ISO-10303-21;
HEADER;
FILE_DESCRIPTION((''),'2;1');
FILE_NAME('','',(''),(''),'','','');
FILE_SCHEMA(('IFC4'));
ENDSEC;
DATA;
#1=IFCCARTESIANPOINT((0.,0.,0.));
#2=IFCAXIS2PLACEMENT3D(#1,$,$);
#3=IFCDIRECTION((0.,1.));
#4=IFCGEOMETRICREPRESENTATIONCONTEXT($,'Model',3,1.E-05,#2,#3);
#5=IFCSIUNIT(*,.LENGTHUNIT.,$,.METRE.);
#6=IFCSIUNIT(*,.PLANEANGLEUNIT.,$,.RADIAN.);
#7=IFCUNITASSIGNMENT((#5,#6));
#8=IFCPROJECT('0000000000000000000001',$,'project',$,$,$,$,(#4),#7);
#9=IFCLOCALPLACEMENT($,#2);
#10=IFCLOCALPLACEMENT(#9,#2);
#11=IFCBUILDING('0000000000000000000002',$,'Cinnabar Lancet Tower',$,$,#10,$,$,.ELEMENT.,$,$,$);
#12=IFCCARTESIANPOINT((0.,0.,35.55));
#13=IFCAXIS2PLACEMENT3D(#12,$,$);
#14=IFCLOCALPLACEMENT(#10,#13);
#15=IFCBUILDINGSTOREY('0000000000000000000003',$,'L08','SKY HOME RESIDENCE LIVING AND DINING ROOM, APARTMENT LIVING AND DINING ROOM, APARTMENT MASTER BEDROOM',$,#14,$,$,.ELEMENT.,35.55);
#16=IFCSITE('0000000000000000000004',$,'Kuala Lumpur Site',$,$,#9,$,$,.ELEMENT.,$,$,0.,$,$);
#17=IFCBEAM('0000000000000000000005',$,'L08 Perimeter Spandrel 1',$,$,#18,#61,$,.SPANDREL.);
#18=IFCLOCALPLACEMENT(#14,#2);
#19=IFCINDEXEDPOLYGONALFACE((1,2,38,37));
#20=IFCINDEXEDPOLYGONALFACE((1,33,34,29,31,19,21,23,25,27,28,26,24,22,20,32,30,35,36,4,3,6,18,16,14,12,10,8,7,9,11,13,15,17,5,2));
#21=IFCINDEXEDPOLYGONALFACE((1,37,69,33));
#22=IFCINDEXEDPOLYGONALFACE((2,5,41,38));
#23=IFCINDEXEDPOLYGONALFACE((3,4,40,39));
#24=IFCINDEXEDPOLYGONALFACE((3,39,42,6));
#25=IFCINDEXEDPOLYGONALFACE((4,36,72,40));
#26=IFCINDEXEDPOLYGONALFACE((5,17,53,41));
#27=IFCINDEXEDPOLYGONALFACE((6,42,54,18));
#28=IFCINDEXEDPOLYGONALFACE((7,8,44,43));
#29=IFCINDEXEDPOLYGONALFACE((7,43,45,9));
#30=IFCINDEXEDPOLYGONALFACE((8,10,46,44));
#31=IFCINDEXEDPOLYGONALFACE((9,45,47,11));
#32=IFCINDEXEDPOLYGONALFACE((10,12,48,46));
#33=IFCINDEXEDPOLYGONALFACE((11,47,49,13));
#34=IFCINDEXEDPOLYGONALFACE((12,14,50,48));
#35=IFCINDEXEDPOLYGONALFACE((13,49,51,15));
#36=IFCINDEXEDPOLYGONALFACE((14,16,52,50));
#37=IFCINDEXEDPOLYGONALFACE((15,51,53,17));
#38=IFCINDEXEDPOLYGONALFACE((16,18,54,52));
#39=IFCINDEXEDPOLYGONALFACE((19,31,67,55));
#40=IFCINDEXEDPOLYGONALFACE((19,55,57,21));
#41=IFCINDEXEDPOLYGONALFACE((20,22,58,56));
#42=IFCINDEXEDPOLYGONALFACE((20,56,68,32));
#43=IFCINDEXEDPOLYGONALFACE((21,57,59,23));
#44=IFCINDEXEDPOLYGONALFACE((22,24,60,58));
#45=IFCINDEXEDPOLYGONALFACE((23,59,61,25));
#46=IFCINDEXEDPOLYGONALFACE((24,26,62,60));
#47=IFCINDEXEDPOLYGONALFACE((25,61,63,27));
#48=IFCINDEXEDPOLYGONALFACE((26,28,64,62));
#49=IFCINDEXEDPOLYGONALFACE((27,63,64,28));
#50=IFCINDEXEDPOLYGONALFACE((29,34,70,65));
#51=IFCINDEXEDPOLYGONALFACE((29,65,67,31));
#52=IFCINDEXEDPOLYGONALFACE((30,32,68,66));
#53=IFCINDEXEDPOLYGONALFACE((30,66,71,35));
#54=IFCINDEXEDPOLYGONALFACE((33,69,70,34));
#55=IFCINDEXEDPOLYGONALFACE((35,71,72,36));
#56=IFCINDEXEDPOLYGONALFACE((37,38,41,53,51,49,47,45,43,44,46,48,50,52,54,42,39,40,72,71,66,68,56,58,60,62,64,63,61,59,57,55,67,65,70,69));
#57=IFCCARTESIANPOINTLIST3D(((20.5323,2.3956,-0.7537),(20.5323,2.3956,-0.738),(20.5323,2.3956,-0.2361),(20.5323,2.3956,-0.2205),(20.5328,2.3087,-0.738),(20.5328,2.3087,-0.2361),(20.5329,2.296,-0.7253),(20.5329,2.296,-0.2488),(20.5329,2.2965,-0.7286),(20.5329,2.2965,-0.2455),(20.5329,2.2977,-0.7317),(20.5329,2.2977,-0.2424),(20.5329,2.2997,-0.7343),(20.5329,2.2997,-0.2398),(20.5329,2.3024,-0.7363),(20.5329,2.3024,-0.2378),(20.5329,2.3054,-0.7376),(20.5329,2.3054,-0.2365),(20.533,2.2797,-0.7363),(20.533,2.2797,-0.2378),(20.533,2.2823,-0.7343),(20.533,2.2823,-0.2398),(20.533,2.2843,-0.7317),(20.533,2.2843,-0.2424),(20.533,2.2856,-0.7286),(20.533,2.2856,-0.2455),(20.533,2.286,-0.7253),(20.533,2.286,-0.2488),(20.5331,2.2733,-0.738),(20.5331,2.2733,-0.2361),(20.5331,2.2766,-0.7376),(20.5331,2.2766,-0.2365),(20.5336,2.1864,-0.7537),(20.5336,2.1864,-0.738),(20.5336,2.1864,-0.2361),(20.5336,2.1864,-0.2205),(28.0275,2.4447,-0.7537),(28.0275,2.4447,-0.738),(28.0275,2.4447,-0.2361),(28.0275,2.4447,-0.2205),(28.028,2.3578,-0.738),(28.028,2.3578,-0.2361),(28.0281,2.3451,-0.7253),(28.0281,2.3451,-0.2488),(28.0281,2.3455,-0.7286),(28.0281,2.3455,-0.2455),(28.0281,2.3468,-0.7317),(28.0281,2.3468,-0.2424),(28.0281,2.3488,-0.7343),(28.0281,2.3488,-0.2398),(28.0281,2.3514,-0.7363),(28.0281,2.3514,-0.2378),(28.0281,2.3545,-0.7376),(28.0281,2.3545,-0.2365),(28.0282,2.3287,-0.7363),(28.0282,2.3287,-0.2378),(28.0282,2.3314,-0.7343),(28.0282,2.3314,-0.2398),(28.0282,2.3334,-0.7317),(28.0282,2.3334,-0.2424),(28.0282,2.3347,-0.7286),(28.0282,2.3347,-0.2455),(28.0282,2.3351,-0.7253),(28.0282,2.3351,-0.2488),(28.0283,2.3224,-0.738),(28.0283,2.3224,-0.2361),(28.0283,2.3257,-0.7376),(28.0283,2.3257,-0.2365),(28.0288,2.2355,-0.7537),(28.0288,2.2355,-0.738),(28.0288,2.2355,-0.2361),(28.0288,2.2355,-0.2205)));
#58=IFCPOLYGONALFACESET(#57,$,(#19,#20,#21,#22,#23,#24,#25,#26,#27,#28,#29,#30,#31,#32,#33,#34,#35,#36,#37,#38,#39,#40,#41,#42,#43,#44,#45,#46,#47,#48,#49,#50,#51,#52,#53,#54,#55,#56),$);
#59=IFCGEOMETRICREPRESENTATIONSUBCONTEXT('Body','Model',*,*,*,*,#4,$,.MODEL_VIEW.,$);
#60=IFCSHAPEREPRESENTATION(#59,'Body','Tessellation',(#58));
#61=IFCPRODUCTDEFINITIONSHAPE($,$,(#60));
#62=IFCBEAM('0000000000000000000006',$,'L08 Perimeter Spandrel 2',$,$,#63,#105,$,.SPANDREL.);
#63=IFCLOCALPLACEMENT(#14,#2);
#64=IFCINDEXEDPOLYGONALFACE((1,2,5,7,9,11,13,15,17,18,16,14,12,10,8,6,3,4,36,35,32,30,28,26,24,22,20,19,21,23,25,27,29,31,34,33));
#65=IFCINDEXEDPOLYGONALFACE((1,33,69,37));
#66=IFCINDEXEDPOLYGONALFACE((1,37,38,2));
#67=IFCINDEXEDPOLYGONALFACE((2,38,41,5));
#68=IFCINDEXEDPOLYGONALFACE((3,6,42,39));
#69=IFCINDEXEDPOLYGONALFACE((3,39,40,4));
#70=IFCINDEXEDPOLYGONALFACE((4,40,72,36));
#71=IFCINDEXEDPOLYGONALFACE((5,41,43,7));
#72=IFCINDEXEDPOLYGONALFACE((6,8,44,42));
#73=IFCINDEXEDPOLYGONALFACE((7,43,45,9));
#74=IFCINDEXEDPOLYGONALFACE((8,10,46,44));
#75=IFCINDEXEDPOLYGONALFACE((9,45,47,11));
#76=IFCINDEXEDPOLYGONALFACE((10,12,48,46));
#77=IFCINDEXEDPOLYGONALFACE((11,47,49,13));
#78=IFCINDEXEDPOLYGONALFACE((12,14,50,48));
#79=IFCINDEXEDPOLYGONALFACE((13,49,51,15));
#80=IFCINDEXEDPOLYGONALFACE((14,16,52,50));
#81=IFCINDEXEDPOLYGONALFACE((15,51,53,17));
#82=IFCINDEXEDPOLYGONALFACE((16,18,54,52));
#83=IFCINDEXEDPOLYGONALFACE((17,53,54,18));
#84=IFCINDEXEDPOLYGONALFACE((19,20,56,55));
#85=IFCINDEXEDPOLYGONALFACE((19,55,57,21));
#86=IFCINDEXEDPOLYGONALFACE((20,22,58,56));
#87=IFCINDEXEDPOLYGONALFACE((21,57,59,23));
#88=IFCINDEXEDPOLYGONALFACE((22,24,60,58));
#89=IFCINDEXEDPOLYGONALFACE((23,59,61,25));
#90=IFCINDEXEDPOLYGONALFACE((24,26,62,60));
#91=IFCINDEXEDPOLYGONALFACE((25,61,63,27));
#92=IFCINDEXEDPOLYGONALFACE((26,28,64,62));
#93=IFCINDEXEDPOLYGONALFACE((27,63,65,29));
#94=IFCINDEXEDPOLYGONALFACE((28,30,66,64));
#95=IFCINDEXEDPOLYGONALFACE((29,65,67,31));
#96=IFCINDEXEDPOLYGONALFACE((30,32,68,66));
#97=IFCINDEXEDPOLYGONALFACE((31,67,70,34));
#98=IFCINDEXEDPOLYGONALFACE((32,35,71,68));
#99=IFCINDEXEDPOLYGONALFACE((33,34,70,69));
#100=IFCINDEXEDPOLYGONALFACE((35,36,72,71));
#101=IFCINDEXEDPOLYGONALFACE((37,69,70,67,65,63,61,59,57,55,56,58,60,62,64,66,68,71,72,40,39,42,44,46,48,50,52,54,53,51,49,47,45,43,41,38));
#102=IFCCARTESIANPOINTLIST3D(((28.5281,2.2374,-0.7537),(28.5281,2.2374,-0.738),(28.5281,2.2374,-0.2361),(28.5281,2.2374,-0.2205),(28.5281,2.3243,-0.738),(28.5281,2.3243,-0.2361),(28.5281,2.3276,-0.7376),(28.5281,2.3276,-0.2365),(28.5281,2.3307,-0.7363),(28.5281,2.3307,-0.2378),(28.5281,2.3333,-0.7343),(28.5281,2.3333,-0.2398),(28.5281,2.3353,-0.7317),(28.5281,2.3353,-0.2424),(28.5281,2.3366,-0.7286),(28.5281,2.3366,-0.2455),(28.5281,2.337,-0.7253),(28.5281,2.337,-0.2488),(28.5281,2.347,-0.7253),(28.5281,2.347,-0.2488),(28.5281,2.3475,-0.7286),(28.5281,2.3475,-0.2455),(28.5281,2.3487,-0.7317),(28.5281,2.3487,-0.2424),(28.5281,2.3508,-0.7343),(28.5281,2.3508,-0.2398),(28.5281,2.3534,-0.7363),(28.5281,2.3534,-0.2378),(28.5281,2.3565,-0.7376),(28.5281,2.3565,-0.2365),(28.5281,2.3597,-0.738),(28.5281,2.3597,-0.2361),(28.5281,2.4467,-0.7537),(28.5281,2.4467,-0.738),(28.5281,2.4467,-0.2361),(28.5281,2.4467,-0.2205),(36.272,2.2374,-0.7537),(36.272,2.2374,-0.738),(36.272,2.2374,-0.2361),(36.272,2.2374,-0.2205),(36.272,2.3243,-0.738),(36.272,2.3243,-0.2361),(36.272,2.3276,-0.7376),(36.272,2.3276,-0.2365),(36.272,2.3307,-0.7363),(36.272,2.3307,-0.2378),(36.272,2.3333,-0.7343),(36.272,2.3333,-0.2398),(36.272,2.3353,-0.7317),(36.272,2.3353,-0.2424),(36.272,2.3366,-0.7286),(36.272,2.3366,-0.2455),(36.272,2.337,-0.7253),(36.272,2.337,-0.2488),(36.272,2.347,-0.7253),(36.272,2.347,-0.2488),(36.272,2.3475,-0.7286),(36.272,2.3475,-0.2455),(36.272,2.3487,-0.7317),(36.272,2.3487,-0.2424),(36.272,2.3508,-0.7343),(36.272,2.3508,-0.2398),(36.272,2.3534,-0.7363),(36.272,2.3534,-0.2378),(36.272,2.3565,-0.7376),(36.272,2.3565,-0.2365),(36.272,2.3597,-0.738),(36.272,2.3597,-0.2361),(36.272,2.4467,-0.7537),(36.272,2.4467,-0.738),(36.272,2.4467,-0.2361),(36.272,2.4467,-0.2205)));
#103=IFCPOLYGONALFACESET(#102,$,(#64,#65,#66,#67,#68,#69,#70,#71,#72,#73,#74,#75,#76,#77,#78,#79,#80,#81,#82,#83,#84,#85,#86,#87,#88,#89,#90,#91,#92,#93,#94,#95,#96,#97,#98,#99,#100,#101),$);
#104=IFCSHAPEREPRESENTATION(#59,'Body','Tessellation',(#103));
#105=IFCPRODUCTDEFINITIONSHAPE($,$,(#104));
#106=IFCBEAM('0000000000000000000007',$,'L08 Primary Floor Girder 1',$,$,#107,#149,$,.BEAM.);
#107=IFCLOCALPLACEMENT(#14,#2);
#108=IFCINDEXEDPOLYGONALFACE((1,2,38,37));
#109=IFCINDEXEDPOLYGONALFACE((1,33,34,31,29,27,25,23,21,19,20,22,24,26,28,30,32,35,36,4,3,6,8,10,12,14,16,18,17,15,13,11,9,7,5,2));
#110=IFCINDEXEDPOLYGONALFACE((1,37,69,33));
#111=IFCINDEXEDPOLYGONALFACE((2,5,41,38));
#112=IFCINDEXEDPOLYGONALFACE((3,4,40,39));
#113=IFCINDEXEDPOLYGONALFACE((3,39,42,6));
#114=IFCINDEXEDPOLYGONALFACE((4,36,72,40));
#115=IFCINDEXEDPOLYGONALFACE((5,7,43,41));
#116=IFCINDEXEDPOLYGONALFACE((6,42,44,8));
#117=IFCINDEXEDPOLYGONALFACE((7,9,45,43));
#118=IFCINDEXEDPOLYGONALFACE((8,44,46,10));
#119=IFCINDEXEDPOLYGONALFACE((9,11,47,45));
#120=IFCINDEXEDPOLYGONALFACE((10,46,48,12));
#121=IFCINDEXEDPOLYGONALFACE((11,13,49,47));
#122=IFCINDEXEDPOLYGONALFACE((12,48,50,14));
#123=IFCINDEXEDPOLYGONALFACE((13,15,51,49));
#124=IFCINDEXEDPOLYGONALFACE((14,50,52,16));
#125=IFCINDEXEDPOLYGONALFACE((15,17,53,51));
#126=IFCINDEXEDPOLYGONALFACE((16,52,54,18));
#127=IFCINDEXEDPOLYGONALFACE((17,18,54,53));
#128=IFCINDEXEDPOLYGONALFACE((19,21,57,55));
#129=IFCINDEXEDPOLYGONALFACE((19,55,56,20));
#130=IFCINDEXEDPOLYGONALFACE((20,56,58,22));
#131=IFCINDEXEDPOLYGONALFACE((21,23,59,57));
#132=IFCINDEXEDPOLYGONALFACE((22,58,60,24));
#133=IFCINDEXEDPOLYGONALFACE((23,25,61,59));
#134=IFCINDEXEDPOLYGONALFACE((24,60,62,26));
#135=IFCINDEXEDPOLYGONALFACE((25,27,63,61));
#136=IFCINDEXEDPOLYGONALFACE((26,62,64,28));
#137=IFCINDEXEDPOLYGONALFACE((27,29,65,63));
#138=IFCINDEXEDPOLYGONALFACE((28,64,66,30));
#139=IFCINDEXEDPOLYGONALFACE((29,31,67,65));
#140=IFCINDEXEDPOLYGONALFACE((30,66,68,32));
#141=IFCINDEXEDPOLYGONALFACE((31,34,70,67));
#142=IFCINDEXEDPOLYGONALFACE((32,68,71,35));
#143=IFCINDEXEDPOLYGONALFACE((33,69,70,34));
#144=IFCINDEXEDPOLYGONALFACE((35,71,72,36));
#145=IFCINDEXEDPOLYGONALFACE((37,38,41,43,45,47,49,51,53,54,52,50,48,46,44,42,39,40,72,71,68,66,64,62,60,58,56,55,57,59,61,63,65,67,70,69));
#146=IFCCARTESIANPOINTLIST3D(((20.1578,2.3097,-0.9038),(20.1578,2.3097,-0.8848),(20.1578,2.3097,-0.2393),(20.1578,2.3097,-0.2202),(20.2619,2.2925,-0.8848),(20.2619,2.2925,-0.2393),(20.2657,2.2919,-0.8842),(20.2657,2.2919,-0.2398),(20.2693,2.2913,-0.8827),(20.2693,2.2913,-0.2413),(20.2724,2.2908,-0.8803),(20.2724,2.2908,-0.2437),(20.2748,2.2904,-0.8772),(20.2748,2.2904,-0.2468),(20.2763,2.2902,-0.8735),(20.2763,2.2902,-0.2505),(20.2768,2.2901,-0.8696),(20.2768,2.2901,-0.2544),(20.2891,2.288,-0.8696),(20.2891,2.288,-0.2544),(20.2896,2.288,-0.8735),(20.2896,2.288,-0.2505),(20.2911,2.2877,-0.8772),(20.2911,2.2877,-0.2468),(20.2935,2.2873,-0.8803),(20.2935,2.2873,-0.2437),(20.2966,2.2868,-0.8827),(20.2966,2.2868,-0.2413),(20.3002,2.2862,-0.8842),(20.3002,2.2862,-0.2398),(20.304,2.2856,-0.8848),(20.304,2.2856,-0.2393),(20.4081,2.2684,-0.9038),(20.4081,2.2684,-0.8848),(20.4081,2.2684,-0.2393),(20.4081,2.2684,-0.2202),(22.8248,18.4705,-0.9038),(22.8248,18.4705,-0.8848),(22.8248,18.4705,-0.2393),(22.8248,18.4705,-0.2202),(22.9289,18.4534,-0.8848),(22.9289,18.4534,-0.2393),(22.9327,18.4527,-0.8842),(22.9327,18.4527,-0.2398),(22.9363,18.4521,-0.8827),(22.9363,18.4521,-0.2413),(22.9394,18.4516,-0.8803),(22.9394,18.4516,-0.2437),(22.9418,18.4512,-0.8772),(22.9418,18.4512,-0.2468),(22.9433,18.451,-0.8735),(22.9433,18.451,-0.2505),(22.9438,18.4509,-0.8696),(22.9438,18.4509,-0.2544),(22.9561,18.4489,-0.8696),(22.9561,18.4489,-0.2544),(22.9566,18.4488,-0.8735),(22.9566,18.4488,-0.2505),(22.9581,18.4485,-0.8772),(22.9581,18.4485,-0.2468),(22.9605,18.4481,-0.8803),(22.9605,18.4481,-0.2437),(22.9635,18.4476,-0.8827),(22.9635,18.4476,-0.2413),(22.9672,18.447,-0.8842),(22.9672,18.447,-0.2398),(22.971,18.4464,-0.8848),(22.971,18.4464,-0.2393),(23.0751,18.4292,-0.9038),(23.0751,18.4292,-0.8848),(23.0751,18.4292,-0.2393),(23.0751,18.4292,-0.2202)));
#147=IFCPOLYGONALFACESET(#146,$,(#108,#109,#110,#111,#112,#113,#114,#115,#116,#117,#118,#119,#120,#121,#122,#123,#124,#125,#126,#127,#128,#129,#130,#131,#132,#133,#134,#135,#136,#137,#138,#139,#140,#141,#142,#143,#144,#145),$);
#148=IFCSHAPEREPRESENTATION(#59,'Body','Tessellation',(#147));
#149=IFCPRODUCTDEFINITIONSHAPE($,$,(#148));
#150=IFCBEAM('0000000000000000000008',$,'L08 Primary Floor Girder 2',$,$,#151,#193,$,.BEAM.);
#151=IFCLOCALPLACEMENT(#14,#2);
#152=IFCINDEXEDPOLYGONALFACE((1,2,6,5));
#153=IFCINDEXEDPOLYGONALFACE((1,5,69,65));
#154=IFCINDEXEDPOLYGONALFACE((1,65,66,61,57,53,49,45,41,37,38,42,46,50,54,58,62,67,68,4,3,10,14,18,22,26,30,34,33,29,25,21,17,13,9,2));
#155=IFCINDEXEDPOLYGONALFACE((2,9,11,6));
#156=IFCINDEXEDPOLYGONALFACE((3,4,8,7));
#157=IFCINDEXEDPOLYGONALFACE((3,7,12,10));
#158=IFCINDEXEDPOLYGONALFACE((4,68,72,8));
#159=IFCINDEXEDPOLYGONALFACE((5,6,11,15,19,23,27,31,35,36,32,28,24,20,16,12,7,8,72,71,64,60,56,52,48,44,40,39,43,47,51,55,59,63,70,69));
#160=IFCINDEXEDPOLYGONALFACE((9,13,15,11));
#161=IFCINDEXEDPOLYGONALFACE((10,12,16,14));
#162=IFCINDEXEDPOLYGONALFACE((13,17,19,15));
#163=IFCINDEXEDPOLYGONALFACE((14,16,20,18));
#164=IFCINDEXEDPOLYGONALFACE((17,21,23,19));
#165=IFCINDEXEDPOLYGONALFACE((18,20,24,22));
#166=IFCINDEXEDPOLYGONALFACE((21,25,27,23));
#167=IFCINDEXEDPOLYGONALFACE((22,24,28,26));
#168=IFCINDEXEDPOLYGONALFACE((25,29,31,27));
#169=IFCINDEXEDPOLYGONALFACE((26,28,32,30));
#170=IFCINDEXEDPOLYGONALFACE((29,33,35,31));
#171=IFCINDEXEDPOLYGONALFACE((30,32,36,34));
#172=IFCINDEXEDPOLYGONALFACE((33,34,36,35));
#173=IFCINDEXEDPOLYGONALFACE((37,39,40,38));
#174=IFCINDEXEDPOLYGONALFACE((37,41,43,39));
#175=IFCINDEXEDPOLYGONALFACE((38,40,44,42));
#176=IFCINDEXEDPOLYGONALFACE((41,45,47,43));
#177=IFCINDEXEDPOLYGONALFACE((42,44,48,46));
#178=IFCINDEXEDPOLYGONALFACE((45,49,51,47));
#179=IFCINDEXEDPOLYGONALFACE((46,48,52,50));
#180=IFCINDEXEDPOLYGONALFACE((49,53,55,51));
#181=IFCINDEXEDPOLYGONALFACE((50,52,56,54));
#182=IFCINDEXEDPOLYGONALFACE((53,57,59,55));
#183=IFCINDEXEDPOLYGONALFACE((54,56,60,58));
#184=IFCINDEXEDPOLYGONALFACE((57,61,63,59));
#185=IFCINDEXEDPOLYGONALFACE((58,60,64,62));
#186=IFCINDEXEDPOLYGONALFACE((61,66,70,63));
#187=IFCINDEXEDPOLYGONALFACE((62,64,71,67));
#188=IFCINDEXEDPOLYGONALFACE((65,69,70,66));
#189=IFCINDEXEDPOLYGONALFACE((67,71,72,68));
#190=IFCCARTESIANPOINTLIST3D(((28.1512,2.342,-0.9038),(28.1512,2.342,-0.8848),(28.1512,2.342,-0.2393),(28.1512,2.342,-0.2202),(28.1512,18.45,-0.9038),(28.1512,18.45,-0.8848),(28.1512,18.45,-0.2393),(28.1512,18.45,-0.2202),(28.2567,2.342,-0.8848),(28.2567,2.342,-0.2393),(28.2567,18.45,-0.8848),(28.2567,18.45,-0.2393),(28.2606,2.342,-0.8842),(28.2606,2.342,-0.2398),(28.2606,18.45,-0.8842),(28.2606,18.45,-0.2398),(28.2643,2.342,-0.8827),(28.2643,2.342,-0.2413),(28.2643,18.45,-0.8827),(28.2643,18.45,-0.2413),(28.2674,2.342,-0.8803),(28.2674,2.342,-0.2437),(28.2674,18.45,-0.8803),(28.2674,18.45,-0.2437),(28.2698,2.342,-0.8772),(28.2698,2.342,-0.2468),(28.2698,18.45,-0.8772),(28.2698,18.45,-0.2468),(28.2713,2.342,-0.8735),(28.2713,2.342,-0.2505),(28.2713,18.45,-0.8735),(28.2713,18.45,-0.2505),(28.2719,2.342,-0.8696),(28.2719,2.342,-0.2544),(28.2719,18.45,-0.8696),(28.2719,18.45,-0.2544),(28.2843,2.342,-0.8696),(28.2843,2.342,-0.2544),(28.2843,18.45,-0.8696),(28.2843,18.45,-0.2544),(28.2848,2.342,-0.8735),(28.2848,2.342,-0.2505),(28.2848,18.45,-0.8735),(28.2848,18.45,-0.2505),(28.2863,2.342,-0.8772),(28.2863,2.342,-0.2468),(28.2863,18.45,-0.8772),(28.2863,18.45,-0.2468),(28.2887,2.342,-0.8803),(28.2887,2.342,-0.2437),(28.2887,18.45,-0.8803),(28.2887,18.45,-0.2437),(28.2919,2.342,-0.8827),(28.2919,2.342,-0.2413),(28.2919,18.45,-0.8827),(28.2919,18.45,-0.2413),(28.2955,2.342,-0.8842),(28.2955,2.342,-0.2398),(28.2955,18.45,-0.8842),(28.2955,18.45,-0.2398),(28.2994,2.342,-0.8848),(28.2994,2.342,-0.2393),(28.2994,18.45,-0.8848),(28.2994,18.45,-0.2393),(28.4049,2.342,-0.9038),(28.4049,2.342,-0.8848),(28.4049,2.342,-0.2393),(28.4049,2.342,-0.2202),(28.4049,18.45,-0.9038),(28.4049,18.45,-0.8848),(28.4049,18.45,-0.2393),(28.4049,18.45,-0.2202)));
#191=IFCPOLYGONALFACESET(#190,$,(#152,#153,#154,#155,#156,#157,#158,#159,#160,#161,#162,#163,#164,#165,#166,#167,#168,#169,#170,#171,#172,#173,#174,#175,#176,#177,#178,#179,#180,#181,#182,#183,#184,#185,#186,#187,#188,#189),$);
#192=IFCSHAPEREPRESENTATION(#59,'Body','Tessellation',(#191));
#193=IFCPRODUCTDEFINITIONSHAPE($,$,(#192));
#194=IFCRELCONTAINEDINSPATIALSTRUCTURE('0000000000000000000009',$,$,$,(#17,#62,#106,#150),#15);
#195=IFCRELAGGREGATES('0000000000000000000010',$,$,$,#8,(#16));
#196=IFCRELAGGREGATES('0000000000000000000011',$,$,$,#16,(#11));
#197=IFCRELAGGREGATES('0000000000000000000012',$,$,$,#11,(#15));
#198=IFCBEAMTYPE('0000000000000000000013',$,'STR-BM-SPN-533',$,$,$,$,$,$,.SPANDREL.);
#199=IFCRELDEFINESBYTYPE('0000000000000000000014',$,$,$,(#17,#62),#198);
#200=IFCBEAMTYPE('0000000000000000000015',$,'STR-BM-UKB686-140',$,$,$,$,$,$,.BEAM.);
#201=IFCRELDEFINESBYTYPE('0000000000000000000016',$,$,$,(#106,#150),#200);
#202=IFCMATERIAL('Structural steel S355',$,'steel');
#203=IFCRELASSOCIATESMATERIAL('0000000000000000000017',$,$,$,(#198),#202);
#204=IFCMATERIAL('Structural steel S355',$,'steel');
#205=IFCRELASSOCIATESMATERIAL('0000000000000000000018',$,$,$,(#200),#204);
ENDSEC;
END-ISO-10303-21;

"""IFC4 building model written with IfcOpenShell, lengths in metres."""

from ifc_helpers import new_model, si_unit, direction, frame, origin, origin_2d, place, context, subcontext, project, spatial, i_section, extrude, material, material_profile, profile_set, type_object, element, save


model = new_model("IFC4")

# Units and contexts
model_context = context("Model", 3, precision=1e-05, world=origin(), true_north=direction((0.0, 1.0)))
body_context = subcontext(model_context, "Body", "Model", "MODEL_VIEW")
ifc_project = project(units=[si_unit("LENGTHUNIT", "METRE"), si_unit("PLANEANGLEUNIT", "RADIAN")], contexts=[model_context])

# Site, building, storey
site_placement = place(None, origin())
site = spatial("IfcSite", under=ifc_project, at=site_placement, Name="Kuala Lumpur Site", CompositionType="ELEMENT", RefElevation=0.0)
building_placement = place(site_placement, origin())
building = spatial("IfcBuilding", under=site, at=building_placement, Name="Cinnabar Lancet Tower", CompositionType="ELEMENT")
storey_placement = place(building_placement, frame((0.0, 0.0, 35.55)))
storey = spatial("IfcBuildingStorey", under=building, at=storey_placement, Name="L08", Description="SKY HOME RESIDENCE LIVING AND DINING ROOM, APARTMENT LIVING AND DINING ROOM, APARTMENT MASTER BEDROOM", CompositionType="ELEMENT", Elevation=35.55)

# Beams
ifc_material_1 = material(Name="Structural steel S355", Category="steel")
ifc_material_profile_1 = material_profile(ifc_material_1, i_section(OverallWidth=0.2092, OverallDepth=0.5332, WebThickness=0.01, FlangeThickness=0.0156, FilletRadius=0.0127, at=origin_2d()), Name="UKB 533x210x92")
ifc_profile_set_1 = profile_set([ifc_material_profile_1], Name="Structural steel S355")
beam_type_1 = type_object("IfcBeamType", Name="STR-BM-SPN-533", PredefinedType="SPANDREL", material=ifc_profile_set_1)
beam_1_placement = place(storey_placement, frame((20.533, 2.291, -0.4871), z_axis=(0.999979, 0.006547, 0.0), x_axis=(-0.006547, 0.999979, 0.0)))
element("IfcBeam", 1, at=beam_1_placement, inside=storey, type_object=beam_type_1, Name="L08 Perimeter Spandrel 1", PredefinedType="SPANDREL", context=body_context, shape_type="SweptSolid", body=[
    extrude(i_section(OverallWidth=0.2092, OverallDepth=0.5332, WebThickness=0.01, FlangeThickness=0.0156, FilletRadius=0.0127, at=origin_2d()), origin(), (0.0, 0.0, 1.0), 7.4954),
])
beam_2_placement = place(storey_placement, frame((28.5281, 2.342, -0.4871), z_axis=(1.0, 0.0, 0.0), x_axis=(0.0, 1.0, 0.0)))
element("IfcBeam", 2, at=beam_2_placement, inside=storey, type_object=beam_type_1, Name="L08 Perimeter Spandrel 2", PredefinedType="SPANDREL", context=body_context, shape_type="SweptSolid", body=[
    extrude(i_section(OverallWidth=0.2092, OverallDepth=0.5332, WebThickness=0.01, FlangeThickness=0.0156, FilletRadius=0.0127, at=origin_2d()), origin(), (0.0, 0.0, 1.0), 7.7439),
])
ifc_material_2 = material(Name="Structural steel S355", Category="steel")
ifc_material_profile_2 = material_profile(ifc_material_2, i_section(OverallWidth=0.2537, OverallDepth=0.6836, WebThickness=0.0125, FlangeThickness=0.019, FilletRadius=0.0151, at=origin_2d()), Name="UKB 686x254x140")
ifc_profile_set_2 = profile_set([ifc_material_profile_2], Name="Structural steel S355")
beam_type_2 = type_object("IfcBeamType", Name="STR-BM-UKB686-140", PredefinedType="BEAM", material=ifc_profile_set_2)
beam_3_placement = place(storey_placement, frame((20.283, 2.2891, -0.562), z_axis=(0.162825, 0.986655, 0.0), x_axis=(-0.986655, 0.162825, 0.0)))
element("IfcBeam", 3, at=beam_3_placement, inside=storey, type_object=beam_type_2, Name="L08 Primary Floor Girder 1", PredefinedType="BEAM", context=body_context, shape_type="SweptSolid", body=[
    extrude(i_section(OverallWidth=0.2537, OverallDepth=0.6836, WebThickness=0.0125, FlangeThickness=0.019, FilletRadius=0.0151, at=origin_2d()), origin(), (0.0, 0.0, 1.0), 16.3794),
])
beam_4_placement = place(storey_placement, frame((28.2781, 2.342, -0.562), z_axis=(0.0, 1.0, 0.0), x_axis=(-1.0, 0.0, 0.0)))
element("IfcBeam", 4, at=beam_4_placement, inside=storey, type_object=beam_type_2, Name="L08 Primary Floor Girder 2", PredefinedType="BEAM", context=body_context, shape_type="SweptSolid", body=[
    extrude(i_section(OverallWidth=0.2537, OverallDepth=0.6836, WebThickness=0.0125, FlangeThickness=0.019, FilletRadius=0.0151, at=origin_2d()), origin(), (0.0, 0.0, 1.0), 16.1079),
])

save(model, "model.ifc")
